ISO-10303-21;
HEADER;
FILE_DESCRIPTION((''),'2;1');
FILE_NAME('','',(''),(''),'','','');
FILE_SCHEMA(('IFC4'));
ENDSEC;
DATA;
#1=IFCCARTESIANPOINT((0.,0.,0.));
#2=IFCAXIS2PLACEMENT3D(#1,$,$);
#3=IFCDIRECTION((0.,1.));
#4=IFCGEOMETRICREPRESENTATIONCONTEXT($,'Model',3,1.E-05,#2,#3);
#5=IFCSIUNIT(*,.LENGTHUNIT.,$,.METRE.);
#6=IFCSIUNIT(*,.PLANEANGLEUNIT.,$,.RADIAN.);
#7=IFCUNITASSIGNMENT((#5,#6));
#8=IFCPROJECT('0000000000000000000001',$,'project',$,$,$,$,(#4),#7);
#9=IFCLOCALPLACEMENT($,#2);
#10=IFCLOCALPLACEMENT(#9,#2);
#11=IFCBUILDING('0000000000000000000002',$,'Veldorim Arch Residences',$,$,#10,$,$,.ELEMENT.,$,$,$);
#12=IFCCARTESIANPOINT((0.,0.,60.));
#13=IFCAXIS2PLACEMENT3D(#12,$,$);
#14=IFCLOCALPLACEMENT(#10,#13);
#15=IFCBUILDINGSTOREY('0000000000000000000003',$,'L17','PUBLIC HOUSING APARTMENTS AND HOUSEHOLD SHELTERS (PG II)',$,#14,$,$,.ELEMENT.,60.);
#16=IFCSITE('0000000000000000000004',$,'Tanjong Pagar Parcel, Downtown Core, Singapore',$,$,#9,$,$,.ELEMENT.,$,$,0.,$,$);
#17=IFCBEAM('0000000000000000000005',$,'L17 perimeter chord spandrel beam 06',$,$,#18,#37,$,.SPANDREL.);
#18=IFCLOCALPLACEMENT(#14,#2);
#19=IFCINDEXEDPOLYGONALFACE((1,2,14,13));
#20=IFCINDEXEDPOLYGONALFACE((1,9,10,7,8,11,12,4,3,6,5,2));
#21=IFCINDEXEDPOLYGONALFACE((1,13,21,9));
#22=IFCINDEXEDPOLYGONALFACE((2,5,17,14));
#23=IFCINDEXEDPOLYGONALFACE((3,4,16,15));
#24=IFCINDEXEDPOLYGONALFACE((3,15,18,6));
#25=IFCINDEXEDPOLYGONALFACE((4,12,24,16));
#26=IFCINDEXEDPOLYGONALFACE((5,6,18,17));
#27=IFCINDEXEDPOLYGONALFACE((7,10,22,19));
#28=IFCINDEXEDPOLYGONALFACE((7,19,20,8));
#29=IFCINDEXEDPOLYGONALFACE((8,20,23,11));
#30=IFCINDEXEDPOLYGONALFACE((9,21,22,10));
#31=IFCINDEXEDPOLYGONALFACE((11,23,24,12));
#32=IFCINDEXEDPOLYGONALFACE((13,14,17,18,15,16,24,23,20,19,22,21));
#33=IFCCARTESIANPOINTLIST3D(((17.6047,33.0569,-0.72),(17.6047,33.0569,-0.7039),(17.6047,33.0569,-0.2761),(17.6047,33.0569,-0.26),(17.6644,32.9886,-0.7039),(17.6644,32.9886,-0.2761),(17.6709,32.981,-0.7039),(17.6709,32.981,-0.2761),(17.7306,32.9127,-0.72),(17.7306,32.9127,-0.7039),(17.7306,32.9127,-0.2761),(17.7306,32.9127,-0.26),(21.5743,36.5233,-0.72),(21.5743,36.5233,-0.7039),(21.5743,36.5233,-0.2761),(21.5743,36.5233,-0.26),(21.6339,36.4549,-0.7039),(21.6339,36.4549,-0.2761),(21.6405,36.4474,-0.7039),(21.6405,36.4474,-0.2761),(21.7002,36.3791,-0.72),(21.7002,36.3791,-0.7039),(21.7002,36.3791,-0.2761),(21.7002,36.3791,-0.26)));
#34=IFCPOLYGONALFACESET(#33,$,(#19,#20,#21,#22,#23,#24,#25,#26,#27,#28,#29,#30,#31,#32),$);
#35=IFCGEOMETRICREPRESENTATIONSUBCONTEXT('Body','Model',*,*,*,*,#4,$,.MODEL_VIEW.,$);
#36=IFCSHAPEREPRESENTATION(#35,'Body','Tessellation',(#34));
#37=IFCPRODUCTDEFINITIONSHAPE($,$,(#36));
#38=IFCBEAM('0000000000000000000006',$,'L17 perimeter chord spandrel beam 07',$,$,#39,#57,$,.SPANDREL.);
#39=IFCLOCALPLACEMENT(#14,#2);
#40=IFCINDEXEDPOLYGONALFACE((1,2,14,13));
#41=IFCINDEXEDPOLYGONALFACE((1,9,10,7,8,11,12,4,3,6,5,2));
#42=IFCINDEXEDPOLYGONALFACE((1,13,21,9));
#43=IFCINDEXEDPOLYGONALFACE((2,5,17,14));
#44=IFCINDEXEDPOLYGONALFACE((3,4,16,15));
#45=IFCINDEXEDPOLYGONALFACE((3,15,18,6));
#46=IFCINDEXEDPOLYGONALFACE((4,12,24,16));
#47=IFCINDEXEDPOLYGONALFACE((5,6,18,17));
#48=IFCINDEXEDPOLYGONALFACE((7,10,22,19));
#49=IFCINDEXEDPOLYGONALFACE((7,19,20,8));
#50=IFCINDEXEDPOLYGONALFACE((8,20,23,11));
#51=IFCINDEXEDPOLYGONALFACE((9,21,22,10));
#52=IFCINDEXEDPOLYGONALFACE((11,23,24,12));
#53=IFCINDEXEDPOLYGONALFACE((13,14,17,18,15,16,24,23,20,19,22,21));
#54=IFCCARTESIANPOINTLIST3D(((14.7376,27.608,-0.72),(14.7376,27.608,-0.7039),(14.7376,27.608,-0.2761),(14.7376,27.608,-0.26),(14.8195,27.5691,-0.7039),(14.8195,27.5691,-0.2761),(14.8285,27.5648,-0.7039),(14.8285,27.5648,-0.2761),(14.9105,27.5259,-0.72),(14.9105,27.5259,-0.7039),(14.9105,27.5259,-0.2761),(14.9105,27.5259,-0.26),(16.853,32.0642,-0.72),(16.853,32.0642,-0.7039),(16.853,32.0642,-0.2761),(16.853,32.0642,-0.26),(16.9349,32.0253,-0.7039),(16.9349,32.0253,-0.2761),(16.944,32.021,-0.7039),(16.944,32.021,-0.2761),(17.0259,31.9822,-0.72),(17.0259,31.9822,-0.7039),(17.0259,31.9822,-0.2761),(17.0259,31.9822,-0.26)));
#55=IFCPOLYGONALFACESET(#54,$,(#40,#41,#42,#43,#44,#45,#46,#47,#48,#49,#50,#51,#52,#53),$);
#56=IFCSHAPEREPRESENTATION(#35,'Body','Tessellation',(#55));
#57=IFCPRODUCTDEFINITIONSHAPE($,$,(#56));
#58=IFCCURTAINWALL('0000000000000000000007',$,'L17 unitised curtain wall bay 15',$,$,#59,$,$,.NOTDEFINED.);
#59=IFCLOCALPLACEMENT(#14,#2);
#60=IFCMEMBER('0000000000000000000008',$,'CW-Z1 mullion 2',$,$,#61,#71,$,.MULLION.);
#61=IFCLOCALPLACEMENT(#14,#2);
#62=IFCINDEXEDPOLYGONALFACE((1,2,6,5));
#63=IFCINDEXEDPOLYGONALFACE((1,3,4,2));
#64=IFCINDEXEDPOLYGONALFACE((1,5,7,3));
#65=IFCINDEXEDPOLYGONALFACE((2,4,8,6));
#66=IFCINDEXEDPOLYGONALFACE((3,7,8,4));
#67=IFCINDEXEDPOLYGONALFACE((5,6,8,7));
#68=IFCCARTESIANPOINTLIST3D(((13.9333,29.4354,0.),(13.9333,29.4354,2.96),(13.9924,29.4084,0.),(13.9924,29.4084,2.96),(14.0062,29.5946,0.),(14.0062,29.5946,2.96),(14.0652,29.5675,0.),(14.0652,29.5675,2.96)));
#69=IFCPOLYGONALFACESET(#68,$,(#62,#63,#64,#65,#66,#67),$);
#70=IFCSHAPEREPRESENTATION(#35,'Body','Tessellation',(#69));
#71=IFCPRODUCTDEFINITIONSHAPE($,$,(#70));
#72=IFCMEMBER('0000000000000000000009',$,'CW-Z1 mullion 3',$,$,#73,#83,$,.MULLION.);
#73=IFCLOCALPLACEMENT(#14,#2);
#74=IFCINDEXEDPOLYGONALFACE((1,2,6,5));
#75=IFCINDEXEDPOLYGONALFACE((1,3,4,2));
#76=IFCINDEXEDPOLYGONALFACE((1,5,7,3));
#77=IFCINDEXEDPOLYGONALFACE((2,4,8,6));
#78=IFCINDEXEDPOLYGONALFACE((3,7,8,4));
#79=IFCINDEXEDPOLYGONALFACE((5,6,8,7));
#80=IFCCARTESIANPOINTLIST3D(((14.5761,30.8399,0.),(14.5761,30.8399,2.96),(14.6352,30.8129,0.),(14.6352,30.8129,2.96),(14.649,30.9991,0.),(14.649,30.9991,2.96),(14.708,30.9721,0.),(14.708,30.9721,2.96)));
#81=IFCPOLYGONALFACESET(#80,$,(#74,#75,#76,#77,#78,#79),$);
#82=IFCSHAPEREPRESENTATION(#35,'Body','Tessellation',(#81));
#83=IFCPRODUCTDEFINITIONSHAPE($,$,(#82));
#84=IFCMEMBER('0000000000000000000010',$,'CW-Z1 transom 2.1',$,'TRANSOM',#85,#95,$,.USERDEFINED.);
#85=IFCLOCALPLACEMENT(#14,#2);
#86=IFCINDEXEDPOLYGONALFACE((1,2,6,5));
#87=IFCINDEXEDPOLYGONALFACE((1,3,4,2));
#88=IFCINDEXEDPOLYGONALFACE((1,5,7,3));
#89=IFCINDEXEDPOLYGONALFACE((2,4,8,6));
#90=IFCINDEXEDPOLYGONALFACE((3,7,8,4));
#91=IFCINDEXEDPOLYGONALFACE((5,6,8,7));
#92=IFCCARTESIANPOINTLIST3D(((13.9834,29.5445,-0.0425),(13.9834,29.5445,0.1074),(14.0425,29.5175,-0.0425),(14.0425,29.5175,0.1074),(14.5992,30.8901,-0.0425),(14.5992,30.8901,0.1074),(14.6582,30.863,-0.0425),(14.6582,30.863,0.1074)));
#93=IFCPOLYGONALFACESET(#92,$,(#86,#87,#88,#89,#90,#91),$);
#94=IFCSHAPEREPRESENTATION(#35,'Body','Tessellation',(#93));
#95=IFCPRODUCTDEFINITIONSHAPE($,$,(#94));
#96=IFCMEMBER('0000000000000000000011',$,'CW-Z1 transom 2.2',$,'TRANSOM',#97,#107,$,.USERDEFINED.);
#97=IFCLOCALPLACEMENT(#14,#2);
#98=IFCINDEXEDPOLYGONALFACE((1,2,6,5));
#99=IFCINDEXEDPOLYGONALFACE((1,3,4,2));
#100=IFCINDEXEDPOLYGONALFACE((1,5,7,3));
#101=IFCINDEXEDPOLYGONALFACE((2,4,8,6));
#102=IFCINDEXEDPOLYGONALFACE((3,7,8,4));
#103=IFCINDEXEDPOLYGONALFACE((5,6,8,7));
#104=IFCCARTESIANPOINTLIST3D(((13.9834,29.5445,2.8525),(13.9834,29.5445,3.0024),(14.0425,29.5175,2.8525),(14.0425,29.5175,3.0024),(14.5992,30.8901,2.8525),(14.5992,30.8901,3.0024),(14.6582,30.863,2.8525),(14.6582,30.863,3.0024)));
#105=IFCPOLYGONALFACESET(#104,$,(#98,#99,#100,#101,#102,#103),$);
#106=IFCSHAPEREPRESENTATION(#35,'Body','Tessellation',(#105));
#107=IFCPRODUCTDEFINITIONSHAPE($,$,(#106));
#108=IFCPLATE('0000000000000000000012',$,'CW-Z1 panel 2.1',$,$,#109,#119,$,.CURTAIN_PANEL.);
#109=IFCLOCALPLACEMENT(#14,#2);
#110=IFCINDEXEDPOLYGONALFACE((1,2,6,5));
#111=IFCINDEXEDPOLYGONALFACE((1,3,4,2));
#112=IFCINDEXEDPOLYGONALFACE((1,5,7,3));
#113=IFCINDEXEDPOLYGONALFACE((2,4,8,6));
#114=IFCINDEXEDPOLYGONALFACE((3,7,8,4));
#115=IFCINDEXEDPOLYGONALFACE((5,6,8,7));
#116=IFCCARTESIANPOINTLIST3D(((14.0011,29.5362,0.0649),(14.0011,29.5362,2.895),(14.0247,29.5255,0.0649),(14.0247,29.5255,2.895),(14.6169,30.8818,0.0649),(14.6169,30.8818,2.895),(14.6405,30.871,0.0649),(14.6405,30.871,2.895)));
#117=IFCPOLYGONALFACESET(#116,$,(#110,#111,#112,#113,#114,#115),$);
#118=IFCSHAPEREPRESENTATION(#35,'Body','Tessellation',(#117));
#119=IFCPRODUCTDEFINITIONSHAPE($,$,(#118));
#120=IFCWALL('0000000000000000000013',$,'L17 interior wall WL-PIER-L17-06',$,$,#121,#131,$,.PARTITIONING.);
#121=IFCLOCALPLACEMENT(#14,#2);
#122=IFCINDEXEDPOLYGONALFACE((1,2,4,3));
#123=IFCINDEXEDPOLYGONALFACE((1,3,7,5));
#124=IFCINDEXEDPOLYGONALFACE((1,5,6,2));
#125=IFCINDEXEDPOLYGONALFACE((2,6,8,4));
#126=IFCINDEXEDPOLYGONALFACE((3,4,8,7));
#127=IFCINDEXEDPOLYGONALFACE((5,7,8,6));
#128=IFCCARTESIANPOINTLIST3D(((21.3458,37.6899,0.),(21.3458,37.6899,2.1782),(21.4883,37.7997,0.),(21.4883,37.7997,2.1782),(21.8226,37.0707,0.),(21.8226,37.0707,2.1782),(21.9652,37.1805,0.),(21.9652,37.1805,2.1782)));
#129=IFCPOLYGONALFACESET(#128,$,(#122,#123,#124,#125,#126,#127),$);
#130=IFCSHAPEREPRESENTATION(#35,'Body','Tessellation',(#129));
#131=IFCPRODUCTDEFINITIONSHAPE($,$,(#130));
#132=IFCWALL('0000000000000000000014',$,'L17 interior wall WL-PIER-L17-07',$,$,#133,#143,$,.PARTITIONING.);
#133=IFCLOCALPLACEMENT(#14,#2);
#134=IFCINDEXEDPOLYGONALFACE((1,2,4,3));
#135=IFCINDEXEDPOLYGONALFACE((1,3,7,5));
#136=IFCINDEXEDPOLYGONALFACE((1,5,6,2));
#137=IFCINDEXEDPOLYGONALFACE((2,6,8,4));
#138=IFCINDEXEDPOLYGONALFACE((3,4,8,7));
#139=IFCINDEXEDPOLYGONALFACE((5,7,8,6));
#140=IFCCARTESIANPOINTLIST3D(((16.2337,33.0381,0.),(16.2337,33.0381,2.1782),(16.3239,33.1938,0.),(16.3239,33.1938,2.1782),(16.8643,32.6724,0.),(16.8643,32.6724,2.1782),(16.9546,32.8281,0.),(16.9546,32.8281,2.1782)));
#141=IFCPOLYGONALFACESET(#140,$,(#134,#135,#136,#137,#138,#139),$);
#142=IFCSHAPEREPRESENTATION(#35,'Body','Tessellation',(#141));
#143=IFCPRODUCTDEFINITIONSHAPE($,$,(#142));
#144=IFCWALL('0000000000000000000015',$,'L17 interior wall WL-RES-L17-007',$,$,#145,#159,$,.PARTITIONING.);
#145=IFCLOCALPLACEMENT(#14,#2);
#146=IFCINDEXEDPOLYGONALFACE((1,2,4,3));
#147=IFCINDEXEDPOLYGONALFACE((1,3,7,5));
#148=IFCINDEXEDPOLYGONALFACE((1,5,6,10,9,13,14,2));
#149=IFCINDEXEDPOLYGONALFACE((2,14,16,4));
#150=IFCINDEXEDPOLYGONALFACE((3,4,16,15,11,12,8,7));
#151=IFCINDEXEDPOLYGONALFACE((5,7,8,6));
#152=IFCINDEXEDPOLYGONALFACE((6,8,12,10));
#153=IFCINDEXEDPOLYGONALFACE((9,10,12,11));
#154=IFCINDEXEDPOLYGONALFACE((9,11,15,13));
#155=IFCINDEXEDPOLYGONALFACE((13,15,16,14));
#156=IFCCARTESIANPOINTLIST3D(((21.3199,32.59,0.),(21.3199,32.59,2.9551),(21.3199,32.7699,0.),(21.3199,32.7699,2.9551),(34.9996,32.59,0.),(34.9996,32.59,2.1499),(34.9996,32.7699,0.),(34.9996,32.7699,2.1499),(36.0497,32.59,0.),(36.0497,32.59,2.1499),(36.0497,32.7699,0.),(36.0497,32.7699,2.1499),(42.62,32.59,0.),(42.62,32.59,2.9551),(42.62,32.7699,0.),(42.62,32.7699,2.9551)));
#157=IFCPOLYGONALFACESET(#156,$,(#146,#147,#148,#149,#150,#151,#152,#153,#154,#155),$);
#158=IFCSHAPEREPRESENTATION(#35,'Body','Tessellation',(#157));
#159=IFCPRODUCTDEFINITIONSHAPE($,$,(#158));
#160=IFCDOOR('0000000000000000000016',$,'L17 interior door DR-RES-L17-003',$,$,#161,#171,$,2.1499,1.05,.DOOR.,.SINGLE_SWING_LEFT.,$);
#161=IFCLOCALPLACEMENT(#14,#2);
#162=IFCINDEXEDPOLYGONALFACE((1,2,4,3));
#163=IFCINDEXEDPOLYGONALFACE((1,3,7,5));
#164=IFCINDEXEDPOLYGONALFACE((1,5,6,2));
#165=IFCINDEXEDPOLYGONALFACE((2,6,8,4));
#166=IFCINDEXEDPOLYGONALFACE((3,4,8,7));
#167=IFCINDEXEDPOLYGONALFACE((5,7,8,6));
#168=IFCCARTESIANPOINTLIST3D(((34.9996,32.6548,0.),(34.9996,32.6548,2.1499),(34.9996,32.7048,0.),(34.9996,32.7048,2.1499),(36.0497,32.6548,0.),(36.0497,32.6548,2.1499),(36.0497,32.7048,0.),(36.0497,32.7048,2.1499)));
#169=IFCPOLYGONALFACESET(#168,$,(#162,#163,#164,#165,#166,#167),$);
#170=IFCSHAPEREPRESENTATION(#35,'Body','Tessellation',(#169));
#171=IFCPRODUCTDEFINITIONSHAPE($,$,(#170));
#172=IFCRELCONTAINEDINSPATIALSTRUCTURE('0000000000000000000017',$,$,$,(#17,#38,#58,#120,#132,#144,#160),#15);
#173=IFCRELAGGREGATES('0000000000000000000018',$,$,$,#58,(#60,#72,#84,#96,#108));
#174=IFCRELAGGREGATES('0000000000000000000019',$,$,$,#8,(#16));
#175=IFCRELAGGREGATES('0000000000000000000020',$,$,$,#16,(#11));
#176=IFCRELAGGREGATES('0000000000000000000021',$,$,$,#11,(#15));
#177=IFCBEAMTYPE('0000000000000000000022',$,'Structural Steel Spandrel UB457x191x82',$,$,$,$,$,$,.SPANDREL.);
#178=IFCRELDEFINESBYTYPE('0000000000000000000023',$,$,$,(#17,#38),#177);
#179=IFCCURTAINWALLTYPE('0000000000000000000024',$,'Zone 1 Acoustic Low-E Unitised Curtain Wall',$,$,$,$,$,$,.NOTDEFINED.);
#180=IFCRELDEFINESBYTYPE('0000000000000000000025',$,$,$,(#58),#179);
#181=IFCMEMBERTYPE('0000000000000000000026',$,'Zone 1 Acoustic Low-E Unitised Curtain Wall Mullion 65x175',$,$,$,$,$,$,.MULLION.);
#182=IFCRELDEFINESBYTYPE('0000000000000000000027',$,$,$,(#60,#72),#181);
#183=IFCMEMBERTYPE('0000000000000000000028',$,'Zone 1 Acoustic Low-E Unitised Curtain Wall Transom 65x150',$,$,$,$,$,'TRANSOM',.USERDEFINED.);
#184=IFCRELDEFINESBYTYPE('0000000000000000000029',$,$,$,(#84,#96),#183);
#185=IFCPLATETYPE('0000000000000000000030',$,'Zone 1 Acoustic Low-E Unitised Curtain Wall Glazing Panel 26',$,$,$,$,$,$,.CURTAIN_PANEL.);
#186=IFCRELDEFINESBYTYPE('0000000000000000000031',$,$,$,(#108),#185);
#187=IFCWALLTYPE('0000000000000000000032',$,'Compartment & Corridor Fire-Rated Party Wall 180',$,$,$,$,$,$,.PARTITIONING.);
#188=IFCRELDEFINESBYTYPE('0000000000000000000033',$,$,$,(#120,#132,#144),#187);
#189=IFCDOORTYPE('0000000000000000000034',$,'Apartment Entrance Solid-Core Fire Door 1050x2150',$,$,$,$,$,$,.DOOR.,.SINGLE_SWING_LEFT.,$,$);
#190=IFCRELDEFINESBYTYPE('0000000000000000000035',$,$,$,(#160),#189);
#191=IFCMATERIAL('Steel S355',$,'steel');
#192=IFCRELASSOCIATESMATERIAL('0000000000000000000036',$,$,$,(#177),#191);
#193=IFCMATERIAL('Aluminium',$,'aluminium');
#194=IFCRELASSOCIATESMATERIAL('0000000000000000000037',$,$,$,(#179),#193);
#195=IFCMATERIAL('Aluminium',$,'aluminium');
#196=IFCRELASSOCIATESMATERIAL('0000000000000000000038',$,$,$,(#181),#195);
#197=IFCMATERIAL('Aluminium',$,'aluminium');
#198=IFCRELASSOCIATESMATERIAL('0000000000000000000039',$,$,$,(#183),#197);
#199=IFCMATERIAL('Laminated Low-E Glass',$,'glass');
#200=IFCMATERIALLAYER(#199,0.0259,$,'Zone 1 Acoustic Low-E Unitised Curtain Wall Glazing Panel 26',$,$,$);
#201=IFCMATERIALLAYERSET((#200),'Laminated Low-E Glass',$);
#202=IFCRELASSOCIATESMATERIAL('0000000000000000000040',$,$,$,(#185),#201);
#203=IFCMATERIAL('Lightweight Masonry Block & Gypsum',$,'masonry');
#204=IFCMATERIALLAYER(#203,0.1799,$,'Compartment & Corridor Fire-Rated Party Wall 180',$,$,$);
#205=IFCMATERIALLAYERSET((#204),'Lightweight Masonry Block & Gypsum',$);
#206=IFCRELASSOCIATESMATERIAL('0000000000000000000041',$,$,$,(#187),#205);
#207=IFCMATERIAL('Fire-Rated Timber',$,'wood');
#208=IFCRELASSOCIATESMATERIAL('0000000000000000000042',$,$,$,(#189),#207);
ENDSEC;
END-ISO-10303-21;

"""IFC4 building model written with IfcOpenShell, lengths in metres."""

from ifc_helpers import new_model, si_unit, direction, frame, frame_2d, origin, origin_2d, place, context, subcontext, project, spatial, rectangle, i_section, extrude, material, layer, layer_set, material_profile, profile_set, type_object, element, fill, aggregate, save


model = new_model("IFC4")

# Units and contexts
model_context = context("Model", 3, precision=1e-05, world=origin(), true_north=direction((0.0, 1.0)))
body_context = subcontext(model_context, "Body", "Model", "MODEL_VIEW")
ifc_project = project(units=[si_unit("LENGTHUNIT", "METRE"), si_unit("PLANEANGLEUNIT", "RADIAN")], contexts=[model_context])

# Site, building, storey
site_placement = place(None, origin())
site = spatial("IfcSite", under=ifc_project, at=site_placement, Name="Tanjong Pagar Parcel, Downtown Core, Singapore", CompositionType="ELEMENT", RefElevation=0.0)
building_placement = place(site_placement, origin())
building = spatial("IfcBuilding", under=site, at=building_placement, Name="Veldorim Arch Residences", CompositionType="ELEMENT")
storey_placement = place(building_placement, frame((0.0, 0.0, 60.0)))
storey = spatial("IfcBuildingStorey", under=building, at=storey_placement, Name="L17", Description="PUBLIC HOUSING APARTMENTS AND HOUSEHOLD SHELTERS (PG II)", CompositionType="ELEMENT", Elevation=60.0)

# Beams
ifc_material_1 = material(Name="Steel S355", Category="steel")
ifc_material_profile_1 = material_profile(ifc_material_1, i_section(OverallWidth=0.1914, OverallDepth=0.46, WebThickness=0.01, FlangeThickness=0.0161, at=origin_2d()), Name="UB457x191x82")
ifc_profile_set_1 = profile_set([ifc_material_profile_1], Name="Steel S355")
beam_type_1 = type_object("IfcBeamType", Name="Structural Steel Spandrel UB457x191x82", PredefinedType="SPANDREL", material=ifc_profile_set_1)
beam_1_placement = place(storey_placement, frame((21.6372, 36.4512, -0.49), z_axis=(-0.753234, -0.657753, 0.0), x_axis=(0.657753, -0.753234, 0.0)))
element("IfcBeam", 1, at=beam_1_placement, inside=storey, type_object=beam_type_1, Name="L17 perimeter chord spandrel beam 06", PredefinedType="SPANDREL", context=body_context, shape_type="SweptSolid", body=[
    extrude(i_section(OverallWidth=0.1914, OverallDepth=0.46, WebThickness=0.01, FlangeThickness=0.0161, at=origin_2d()), origin(), (0.0, 0.0, 1.0), 5.27),
])
beam_2_placement = place(storey_placement, frame((16.9395, 32.0232, -0.49), z_axis=(-0.428848, -0.903377, 0.0), x_axis=(0.903377, -0.428848, 0.0)))
element("IfcBeam", 2, at=beam_2_placement, inside=storey, type_object=beam_type_1, Name="L17 perimeter chord spandrel beam 07", PredefinedType="SPANDREL", context=body_context, shape_type="SweptSolid", body=[
    extrude(i_section(OverallWidth=0.1914, OverallDepth=0.46, WebThickness=0.01, FlangeThickness=0.0161, at=origin_2d()), origin(), (0.0, 0.0, 1.0), 4.9329),
])

# Curtain wall, members, plate
ifc_material_2 = material(Name="Aluminium", Category="aluminium")
curtain_wall_type = type_object("IfcCurtainWallType", Name="Zone 1 Acoustic Low-E Unitised Curtain Wall", PredefinedType="NOTDEFINED", material=ifc_material_2)
curtain_wall_placement = place(storey_placement, origin())
curtain_wall = element("IfcCurtainWall", 3, at=curtain_wall_placement, inside=storey, type_object=curtain_wall_type, Name="L17 unitised curtain wall bay 15", PredefinedType="NOTDEFINED")
ifc_material_3 = material(Name="Aluminium", Category="aluminium")
ifc_material_profile_2 = material_profile(ifc_material_3, rectangle(XDim=0.0649, YDim=0.175, at=origin_2d()), Name="ALU_MUL_65x175")
ifc_profile_set_2 = profile_set([ifc_material_profile_2], Name="Aluminium")
member_type_1 = type_object("IfcMemberType", Name="Zone 1 Acoustic Low-E Unitised Curtain Wall Mullion 65x175", PredefinedType="MULLION", material=ifc_profile_set_2)
member_1_placement = place(storey_placement, frame((13.9993, 29.5015, 0.0), z_axis=(0.0, 0.0, 1.0), x_axis=(-0.909303, 0.416135, 0.0)))
member_1 = element("IfcMember", 4, at=member_1_placement, type_object=member_type_1, Name="CW-Z1 mullion 2", PredefinedType="MULLION", context=body_context, shape_type="SweptSolid", body=[
    extrude(rectangle(XDim=0.0649, YDim=0.175, at=origin_2d()), origin(), (0.0, 0.0, 1.0), 2.96),
])
member_2_placement = place(storey_placement, frame((14.6421, 30.906, 0.0), z_axis=(0.0, 0.0, 1.0), x_axis=(-0.909303, 0.416135, 0.0)))
member_2 = element("IfcMember", 5, at=member_2_placement, type_object=member_type_1, Name="CW-Z1 mullion 3", PredefinedType="MULLION", context=body_context, shape_type="SweptSolid", body=[
    extrude(rectangle(XDim=0.0649, YDim=0.175, at=origin_2d()), origin(), (0.0, 0.0, 1.0), 2.96),
])
ifc_material_4 = material(Name="Aluminium", Category="aluminium")
ifc_material_profile_3 = material_profile(ifc_material_4, rectangle(XDim=0.0649, YDim=0.1499, at=origin_2d()), Name="ALU_TRN_65x150")
ifc_profile_set_3 = profile_set([ifc_material_profile_3], Name="Aluminium")
member_type_2 = type_object("IfcMemberType", Name="Zone 1 Acoustic Low-E Unitised Curtain Wall Transom 65x150", ElementType="TRANSOM", PredefinedType="USERDEFINED", material=ifc_profile_set_3)
member_3_placement = place(storey_placement, frame((14.0129, 29.531, 0.0325), z_axis=(0.416126, 0.909307, 0.0), x_axis=(-0.909307, 0.416126, 0.0)))
member_3 = element("IfcMember", 6, at=member_3_placement, type_object=member_type_2, Name="CW-Z1 transom 2.1", ObjectType="TRANSOM", PredefinedType="USERDEFINED", context=body_context, shape_type="SweptSolid", body=[
    extrude(rectangle(XDim=0.0649, YDim=0.1499, at=origin_2d()), origin(), (0.0, 0.0, 1.0), 1.4797),
])
member_4_placement = place(storey_placement, frame((14.0129, 29.531, 2.9275), z_axis=(0.416126, 0.909307, 0.0), x_axis=(-0.909307, 0.416126, 0.0)))
member_4 = element("IfcMember", 7, at=member_4_placement, type_object=member_type_2, Name="CW-Z1 transom 2.2", ObjectType="TRANSOM", PredefinedType="USERDEFINED", context=body_context, shape_type="SweptSolid", body=[
    extrude(rectangle(XDim=0.0649, YDim=0.1499, at=origin_2d()), origin(), (0.0, 0.0, 1.0), 1.4797),
])
ifc_material_5 = material(Name="Laminated Low-E Glass", Category="glass")
ifc_layer_1 = layer(ifc_material_5, 0.0259, Name="Zone 1 Acoustic Low-E Unitised Curtain Wall Glazing Panel 26")
ifc_layer_set_1 = layer_set([ifc_layer_1], Name="Laminated Low-E Glass")
plate_type = type_object("IfcPlateType", Name="Zone 1 Acoustic Low-E Unitised Curtain Wall Glazing Panel 26", PredefinedType="CURTAIN_PANEL", material=ifc_layer_set_1)
plate_placement = place(storey_placement, frame((14.3208, 30.2036, 0.0649), z_axis=(0.0, 0.0, 1.0), x_axis=(0.416135, 0.909303, 0.0)))
plate = element("IfcPlate", 8, at=plate_placement, type_object=plate_type, Name="CW-Z1 panel 2.1", PredefinedType="CURTAIN_PANEL", context=body_context, shape_type="SweptSolid", body=[
    extrude(rectangle(XDim=1.4797, YDim=0.0259, at=origin_2d()), origin(), (0.0, 0.0, 1.0), 2.8301),
])
aggregate(curtain_wall, [member_1, member_2, member_3, member_4, plate])

# Walls
ifc_material_6 = material(Name="Lightweight Masonry Block & Gypsum", Category="masonry")
ifc_layer_2 = layer(ifc_material_6, 0.1799, Name="Compartment & Corridor Fire-Rated Party Wall 180")
ifc_layer_set_2 = layer_set([ifc_layer_2], Name="Lightweight Masonry Block & Gypsum")
wall_type_1 = type_object("IfcWallType", Name="Compartment & Corridor Fire-Rated Party Wall 180", PredefinedType="PARTITIONING", material=ifc_layer_set_2)
wall_1_placement = place(storey_placement, frame((21.8938, 37.1257, 0.0), z_axis=(0.0, 0.0, 1.0), x_axis=(-0.610149, 0.792287, 0.0)))
element("IfcWall", 9, at=wall_1_placement, inside=storey, type_object=wall_type_1, Name="L17 interior wall WL-PIER-L17-06", PredefinedType="PARTITIONING", context=body_context, shape_type="SweptSolid", body=[
    extrude(rectangle(XDim=0.7815, YDim=0.1799, at=frame_2d((0.3906, 0.0))), origin(), (0.0, 0.0, 1.0), 2.1782),
])
wall_2_placement = place(storey_placement, frame((16.9094, 32.7502, 0.0), z_axis=(0.0, 0.0, 1.0), x_axis=(-0.865052, 0.501683, 0.0)))
element("IfcWall", 10, at=wall_2_placement, inside=storey, type_object=wall_type_1, Name="L17 interior wall WL-PIER-L17-07", PredefinedType="PARTITIONING", context=body_context, shape_type="SweptSolid", body=[
    extrude(rectangle(XDim=0.729, YDim=0.1799, at=frame_2d((0.3645, 0.0))), origin(), (0.0, 0.0, 1.0), 2.1782),
])

# Wall, opening, door
wall_3_placement = place(storey_placement, frame((21.3201, 32.6799, 0.0), z_axis=(0.0, 0.0, 1.0), x_axis=(1.0, 0.0, 0.0)))
wall_3 = element("IfcWall", 11, at=wall_3_placement, inside=storey, type_object=wall_type_1, Name="L17 interior wall WL-RES-L17-007", PredefinedType="PARTITIONING", context=body_context, shape_type="SweptSolid", body=[
    extrude(rectangle(XDim=21.3, YDim=0.1799, at=frame_2d((10.6499, 0.0))), origin(), (0.0, 0.0, 1.0), 2.9551),
])
opening_1_placement = place(wall_3_placement, frame((13.6797, 0.0, 0.0)))
opening_1 = element("IfcOpeningElement", 12, at=opening_1_placement, cuts=wall_3, PredefinedType="OPENING", context=body_context, shape_type="SweptSolid", body=[
    extrude(rectangle(XDim=1.05, YDim=2.1499, at=frame_2d((0.5249, 1.075))), frame((0.0, 0.0999, 0.0), z_axis=(0.0, -1.0, 0.0), x_axis=(1.0, 0.0, 0.0)), (0.0, 0.0, 1.0), 0.2),
])
ifc_material_7 = material(Name="Fire-Rated Timber", Category="wood")
door_type = type_object("IfcDoorType", Name="Apartment Entrance Solid-Core Fire Door 1050x2150", OperationType="SINGLE_SWING_LEFT", PredefinedType="DOOR", material=ifc_material_7)
door_placement = place(opening_1_placement, origin())
door = element("IfcDoor", 13, at=door_placement, inside=storey, type_object=door_type, Name="L17 interior door DR-RES-L17-003", OperationType="SINGLE_SWING_LEFT", OverallHeight=2.1499, OverallWidth=1.05, PredefinedType="DOOR", context=body_context, shape_type="SweptSolid", body=[
    extrude(rectangle(XDim=1.05, YDim=2.1499, at=frame_2d((0.5249, 1.075))), frame((0.0, 0.0249, 0.0), z_axis=(0.0, -1.0, 0.0), x_axis=(1.0, 0.0, 0.0)), (0.0, 0.0, 1.0), 0.05),
])
fill(opening_1, door)

save(model, "model.ifc")
